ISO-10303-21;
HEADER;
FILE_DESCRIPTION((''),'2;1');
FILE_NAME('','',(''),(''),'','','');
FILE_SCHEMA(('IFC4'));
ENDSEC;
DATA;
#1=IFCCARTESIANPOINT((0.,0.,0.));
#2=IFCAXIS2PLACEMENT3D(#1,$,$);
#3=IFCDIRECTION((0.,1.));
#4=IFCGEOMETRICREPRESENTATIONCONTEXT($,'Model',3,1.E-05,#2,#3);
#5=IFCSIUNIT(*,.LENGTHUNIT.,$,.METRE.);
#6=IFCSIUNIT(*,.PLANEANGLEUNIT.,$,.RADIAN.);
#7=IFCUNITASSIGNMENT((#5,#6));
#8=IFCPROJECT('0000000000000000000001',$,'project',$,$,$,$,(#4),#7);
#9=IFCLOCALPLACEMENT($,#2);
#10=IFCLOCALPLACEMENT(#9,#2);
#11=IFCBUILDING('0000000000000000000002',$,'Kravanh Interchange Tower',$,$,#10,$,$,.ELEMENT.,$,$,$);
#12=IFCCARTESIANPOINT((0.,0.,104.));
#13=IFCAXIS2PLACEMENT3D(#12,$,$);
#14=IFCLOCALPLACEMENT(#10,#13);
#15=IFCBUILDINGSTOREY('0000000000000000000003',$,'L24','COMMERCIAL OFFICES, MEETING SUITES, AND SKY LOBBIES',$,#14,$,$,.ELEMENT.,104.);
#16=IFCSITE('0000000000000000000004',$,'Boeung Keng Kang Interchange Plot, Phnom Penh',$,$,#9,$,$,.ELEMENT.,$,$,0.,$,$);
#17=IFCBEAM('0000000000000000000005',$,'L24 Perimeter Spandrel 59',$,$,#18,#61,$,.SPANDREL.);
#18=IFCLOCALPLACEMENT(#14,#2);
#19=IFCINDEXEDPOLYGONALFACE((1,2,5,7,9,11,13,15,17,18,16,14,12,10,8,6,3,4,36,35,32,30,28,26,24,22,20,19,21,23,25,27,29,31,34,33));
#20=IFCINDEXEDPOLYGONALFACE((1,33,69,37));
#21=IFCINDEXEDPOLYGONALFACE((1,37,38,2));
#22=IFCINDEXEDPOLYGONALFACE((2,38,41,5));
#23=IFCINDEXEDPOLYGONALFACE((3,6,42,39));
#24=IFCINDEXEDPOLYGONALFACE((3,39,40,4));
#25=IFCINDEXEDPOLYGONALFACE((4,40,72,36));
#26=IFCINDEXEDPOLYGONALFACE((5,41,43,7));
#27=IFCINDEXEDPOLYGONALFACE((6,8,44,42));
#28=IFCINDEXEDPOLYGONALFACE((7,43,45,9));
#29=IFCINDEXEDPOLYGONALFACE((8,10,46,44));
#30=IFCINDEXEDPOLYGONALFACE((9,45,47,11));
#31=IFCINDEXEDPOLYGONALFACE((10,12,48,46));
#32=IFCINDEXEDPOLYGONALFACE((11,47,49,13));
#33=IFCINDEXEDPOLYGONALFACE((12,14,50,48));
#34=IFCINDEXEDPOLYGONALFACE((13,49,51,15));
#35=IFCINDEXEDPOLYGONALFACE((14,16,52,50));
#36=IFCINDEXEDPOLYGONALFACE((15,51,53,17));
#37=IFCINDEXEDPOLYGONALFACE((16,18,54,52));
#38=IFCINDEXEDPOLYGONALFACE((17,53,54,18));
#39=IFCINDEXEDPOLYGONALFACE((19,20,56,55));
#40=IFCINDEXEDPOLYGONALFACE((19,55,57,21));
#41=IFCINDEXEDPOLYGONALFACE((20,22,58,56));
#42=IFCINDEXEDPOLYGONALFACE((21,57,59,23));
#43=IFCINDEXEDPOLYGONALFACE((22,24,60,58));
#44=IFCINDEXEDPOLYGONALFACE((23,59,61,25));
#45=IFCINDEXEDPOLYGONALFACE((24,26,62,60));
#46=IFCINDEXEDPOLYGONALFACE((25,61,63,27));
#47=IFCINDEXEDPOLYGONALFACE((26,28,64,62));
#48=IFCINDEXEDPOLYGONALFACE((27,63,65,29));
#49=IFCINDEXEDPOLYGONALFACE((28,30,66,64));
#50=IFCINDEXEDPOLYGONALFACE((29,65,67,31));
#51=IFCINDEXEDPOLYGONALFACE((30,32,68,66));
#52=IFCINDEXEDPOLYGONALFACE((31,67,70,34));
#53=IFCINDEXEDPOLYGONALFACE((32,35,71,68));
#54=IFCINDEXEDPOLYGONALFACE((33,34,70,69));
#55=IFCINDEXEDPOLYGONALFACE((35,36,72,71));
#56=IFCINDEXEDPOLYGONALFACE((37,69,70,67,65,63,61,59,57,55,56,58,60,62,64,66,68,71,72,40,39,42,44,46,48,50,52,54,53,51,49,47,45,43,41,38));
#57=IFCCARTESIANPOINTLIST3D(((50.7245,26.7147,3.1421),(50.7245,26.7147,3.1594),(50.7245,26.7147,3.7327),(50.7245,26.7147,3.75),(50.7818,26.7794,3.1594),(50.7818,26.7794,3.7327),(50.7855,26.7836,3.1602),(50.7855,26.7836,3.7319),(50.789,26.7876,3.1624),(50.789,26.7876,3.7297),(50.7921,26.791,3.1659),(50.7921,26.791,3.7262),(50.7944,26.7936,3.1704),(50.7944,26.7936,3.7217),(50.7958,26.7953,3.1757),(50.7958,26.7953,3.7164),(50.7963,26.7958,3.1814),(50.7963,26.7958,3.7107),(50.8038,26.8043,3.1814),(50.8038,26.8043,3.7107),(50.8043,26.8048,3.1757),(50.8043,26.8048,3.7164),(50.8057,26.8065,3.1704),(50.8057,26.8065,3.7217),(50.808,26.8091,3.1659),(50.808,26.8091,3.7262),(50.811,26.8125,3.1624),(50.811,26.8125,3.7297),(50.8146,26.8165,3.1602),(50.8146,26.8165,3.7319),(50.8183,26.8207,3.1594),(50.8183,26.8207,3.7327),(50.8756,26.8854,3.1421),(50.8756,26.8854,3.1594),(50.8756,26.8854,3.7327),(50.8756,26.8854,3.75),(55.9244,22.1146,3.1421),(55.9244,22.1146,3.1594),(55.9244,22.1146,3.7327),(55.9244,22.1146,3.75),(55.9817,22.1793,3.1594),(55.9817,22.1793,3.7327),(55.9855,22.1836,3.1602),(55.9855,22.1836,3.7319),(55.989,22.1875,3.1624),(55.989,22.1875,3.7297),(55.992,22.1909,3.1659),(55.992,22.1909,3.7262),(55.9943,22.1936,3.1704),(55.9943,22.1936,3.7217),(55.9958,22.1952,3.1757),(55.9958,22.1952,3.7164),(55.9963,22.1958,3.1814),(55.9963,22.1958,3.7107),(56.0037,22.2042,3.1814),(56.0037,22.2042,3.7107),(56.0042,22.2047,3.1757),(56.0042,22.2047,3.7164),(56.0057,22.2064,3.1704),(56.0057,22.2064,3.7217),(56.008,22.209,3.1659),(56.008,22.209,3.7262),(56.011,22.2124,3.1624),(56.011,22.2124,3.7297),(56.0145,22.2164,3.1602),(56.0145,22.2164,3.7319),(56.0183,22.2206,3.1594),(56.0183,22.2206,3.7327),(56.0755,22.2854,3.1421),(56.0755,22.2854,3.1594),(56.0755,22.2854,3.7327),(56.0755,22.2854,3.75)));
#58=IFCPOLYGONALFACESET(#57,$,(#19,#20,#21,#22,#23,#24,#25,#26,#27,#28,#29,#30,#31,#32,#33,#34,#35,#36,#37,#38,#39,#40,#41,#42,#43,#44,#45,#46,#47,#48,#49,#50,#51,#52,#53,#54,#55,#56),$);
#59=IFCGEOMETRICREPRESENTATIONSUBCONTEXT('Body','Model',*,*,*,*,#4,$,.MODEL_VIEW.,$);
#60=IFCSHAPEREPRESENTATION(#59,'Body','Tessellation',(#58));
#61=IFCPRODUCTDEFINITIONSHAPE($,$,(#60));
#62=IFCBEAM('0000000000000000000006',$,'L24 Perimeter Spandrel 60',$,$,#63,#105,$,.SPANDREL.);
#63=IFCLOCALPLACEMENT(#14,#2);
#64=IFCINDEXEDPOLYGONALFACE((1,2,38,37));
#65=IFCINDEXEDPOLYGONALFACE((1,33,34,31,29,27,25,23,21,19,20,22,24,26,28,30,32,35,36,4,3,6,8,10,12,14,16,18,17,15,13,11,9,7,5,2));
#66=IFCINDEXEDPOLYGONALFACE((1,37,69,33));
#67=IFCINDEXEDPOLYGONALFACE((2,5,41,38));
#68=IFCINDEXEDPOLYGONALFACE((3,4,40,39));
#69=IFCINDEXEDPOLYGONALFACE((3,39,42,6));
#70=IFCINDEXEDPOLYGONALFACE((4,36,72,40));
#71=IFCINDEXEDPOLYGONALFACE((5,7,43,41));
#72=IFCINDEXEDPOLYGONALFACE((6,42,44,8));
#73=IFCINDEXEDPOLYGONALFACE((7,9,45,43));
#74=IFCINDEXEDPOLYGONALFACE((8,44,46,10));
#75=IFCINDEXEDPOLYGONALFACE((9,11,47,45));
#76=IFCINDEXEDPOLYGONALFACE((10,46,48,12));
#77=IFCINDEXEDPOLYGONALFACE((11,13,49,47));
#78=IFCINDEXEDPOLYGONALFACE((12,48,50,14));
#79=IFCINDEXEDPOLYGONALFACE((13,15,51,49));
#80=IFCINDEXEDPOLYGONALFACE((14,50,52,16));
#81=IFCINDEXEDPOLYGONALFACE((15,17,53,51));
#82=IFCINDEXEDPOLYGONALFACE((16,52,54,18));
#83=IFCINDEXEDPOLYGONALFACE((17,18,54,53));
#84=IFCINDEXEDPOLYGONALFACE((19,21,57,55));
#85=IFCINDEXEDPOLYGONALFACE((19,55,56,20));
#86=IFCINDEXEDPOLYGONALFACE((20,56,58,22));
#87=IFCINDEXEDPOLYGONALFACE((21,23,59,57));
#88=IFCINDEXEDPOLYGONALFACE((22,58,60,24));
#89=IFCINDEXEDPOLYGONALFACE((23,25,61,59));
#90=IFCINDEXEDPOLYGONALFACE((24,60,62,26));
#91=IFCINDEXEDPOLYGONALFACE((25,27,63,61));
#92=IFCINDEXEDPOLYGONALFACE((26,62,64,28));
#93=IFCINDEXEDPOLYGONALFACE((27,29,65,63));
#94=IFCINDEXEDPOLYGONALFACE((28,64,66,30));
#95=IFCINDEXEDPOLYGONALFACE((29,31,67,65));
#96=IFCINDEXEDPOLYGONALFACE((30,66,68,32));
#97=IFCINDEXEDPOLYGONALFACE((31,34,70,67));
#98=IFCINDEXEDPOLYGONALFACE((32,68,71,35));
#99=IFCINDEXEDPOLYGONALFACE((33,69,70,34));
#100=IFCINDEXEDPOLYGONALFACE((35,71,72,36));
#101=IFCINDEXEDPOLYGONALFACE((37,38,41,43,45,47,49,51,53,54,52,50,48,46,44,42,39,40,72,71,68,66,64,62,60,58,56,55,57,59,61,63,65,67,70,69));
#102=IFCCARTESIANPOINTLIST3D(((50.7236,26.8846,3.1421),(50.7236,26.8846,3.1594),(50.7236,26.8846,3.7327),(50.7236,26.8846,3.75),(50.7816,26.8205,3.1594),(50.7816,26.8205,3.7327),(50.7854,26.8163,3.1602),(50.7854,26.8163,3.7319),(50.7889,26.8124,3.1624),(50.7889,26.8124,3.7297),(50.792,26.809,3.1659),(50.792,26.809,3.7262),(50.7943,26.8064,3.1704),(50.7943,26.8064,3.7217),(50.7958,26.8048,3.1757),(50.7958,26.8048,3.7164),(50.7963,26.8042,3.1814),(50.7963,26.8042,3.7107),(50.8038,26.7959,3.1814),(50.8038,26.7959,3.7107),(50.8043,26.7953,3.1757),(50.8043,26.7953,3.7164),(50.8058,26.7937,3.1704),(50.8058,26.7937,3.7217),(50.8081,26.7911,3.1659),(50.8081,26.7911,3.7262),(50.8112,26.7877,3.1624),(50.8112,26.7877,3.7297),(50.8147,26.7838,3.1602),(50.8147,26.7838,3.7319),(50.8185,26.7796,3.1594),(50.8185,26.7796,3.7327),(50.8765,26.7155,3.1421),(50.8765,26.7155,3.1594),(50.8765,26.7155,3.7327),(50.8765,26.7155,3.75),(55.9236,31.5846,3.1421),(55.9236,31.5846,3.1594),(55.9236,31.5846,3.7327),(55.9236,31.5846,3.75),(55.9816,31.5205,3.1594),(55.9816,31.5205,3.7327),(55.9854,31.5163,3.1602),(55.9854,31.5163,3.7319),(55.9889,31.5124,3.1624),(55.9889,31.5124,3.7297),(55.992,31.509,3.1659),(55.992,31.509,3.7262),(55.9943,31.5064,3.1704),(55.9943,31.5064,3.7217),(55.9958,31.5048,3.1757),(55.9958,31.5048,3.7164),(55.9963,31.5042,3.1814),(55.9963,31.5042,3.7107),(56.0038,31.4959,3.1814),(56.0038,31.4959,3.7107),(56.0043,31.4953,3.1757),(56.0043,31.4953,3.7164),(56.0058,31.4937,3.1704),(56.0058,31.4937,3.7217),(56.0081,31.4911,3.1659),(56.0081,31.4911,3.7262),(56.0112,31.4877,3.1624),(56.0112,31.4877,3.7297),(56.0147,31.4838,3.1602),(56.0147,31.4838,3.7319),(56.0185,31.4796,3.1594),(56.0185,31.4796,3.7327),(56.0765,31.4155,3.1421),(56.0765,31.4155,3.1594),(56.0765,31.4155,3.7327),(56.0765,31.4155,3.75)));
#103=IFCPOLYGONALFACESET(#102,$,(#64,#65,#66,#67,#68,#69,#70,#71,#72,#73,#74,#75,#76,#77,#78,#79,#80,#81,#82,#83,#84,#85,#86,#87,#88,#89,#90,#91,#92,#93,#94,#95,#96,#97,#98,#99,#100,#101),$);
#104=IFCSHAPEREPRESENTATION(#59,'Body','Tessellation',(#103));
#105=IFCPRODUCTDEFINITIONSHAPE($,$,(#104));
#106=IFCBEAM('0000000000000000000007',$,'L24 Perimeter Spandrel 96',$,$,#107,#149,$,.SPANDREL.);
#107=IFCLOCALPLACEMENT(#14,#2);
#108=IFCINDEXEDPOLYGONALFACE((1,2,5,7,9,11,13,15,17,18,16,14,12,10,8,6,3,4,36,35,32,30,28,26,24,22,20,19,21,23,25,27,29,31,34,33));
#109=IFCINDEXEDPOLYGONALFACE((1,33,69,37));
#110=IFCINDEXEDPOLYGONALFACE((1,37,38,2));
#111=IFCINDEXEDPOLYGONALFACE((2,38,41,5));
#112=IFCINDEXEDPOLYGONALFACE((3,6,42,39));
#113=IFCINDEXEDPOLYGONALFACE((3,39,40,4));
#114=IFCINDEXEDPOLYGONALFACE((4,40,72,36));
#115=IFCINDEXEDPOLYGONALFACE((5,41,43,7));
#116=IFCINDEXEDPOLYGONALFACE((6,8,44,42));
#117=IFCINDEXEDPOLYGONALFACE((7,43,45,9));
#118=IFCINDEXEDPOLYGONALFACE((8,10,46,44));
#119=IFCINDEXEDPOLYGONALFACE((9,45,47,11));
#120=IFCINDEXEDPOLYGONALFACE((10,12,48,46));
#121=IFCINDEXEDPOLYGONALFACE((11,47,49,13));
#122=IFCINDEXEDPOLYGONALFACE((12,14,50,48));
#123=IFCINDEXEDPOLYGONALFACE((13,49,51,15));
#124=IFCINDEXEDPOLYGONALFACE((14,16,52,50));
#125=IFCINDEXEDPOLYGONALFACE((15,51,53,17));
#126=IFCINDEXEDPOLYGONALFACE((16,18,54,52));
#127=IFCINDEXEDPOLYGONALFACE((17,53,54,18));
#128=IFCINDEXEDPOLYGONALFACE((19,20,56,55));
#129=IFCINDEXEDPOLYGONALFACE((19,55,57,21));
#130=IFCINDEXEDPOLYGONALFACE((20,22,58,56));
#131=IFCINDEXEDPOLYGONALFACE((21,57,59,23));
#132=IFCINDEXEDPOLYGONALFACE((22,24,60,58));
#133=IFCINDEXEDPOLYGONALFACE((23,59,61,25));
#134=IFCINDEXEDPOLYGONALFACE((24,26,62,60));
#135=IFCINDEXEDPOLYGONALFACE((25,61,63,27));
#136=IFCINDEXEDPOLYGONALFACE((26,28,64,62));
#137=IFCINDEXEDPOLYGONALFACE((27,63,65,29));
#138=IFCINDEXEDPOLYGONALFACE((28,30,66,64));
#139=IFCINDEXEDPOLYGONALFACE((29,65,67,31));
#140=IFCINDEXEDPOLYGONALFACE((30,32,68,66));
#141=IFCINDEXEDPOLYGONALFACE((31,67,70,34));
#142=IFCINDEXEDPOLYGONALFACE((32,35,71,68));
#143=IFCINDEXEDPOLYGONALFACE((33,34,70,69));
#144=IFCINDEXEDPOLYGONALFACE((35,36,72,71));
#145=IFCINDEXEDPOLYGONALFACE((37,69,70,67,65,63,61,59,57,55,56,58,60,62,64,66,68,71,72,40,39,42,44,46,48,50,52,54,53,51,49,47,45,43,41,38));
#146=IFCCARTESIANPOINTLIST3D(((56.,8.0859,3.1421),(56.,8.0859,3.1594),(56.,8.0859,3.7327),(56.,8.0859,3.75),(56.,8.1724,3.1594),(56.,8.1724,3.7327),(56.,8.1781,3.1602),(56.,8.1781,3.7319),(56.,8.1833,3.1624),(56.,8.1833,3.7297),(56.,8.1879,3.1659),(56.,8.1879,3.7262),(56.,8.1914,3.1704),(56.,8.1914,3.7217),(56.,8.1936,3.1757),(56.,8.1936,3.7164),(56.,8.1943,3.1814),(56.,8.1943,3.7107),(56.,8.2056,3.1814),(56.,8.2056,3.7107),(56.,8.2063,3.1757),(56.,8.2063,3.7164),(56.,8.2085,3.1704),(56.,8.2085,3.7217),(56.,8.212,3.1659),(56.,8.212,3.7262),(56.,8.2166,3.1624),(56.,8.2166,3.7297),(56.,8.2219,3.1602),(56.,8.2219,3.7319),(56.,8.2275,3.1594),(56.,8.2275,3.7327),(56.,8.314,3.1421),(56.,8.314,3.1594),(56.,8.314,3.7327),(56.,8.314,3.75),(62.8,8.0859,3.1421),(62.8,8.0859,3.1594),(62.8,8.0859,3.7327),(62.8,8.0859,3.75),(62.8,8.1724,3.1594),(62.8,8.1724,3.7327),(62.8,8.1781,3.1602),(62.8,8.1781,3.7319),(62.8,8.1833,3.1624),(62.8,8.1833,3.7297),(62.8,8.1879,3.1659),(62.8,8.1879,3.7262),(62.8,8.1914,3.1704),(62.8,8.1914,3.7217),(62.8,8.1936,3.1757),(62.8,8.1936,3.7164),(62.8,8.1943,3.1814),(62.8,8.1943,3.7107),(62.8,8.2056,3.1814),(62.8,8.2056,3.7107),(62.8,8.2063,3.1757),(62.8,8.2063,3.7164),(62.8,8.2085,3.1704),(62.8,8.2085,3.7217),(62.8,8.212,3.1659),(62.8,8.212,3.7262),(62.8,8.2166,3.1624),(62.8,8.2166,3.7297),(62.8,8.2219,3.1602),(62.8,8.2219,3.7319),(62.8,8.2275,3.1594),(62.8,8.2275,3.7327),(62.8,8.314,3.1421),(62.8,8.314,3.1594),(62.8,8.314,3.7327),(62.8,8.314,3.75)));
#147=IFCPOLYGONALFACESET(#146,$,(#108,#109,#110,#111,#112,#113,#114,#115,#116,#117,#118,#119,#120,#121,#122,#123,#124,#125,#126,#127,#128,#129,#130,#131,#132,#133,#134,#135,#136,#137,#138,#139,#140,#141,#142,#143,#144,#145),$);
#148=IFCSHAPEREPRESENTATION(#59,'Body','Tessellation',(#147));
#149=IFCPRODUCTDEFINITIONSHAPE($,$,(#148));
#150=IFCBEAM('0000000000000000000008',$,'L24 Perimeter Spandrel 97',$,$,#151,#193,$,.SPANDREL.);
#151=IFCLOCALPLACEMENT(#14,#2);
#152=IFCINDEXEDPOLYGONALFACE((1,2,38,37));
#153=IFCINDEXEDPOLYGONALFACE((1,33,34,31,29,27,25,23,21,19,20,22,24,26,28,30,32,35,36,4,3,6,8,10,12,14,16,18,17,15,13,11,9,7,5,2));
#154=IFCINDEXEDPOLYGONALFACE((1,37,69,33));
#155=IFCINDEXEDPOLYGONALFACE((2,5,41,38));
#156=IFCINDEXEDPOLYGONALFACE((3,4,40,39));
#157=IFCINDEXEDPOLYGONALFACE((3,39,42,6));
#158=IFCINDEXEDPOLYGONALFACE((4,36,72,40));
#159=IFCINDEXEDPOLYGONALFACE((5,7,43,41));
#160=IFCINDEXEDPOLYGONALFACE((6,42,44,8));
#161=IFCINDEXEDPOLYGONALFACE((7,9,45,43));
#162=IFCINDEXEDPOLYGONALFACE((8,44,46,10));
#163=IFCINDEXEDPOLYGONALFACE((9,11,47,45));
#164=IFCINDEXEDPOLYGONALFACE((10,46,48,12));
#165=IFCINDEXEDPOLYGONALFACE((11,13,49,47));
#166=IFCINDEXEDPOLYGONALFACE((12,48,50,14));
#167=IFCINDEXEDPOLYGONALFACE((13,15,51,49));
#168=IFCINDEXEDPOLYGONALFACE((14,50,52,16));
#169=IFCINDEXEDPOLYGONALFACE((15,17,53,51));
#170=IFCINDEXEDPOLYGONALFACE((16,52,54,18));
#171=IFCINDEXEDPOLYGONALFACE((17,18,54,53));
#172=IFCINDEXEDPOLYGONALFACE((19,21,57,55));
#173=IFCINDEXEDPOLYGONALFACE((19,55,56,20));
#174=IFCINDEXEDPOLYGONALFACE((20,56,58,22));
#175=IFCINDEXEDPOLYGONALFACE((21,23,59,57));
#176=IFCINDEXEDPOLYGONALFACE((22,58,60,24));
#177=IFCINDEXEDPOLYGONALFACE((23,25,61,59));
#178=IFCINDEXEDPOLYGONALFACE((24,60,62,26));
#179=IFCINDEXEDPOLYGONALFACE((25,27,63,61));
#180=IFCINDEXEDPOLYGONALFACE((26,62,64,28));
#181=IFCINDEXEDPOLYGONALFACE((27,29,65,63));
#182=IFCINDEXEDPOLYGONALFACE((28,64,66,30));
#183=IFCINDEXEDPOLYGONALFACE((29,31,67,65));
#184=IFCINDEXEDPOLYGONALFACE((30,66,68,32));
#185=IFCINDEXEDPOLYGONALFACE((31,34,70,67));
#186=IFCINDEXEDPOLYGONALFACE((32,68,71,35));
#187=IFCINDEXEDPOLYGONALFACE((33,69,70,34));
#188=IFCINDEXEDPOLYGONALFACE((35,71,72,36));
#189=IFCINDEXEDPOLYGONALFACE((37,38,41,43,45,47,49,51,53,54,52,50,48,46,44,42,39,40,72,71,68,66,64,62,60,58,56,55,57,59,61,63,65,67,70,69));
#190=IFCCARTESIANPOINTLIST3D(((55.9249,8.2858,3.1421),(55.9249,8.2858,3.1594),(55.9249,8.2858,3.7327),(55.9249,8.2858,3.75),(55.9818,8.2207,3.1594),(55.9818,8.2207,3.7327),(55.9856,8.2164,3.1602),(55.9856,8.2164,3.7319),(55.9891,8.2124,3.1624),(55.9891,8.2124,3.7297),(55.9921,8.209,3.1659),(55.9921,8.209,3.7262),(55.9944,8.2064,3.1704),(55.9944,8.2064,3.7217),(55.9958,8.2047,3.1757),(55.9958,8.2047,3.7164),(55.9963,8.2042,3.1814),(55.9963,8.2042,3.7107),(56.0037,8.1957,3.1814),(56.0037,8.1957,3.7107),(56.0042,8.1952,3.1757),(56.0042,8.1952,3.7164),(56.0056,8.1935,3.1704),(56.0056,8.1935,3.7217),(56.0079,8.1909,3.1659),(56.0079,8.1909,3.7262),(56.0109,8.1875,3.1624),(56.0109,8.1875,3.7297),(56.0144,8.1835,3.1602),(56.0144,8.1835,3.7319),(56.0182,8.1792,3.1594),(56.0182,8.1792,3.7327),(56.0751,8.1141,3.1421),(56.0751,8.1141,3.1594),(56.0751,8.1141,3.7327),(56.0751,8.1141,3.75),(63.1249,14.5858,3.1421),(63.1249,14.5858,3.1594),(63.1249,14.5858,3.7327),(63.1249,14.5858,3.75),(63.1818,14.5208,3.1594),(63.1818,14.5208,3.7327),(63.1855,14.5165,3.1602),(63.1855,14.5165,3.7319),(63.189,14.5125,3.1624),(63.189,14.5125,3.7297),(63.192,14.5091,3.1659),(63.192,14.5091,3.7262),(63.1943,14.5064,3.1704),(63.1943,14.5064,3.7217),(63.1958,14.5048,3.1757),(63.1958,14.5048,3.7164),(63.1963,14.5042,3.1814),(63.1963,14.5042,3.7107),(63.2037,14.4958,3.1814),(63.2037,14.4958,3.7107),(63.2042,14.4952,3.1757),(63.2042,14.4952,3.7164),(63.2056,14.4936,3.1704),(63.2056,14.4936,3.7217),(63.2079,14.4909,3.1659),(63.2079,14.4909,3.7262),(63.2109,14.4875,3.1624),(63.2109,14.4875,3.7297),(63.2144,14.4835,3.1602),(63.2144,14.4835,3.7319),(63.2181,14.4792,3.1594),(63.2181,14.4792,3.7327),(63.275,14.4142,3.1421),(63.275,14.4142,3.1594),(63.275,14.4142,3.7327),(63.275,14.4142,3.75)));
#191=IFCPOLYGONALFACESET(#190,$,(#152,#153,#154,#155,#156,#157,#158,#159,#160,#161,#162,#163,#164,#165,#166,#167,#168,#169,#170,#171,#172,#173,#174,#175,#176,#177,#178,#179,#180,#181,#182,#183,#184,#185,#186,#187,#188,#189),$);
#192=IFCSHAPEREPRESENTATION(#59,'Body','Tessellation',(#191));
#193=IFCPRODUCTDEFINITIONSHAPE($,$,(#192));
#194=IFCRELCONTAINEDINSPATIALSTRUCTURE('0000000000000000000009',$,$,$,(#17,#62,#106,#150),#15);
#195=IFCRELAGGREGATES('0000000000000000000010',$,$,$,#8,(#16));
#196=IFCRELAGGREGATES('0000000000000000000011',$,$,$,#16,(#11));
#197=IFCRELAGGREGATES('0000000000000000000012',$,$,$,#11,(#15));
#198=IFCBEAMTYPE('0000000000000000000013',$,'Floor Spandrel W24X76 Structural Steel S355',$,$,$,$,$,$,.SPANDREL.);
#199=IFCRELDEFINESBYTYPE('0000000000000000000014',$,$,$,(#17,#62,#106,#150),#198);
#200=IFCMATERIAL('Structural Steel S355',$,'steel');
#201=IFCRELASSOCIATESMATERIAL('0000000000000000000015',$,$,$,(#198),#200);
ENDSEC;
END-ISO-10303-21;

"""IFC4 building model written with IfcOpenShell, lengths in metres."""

from ifc_helpers import new_model, si_unit, direction, frame, origin, origin_2d, place, context, subcontext, project, spatial, i_section, extrude, material, material_profile, profile_set, type_object, element, save


model = new_model("IFC4")

# Units and contexts
model_context = context("Model", 3, precision=1e-05, world=origin(), true_north=direction((0.0, 1.0)))
body_context = subcontext(model_context, "Body", "Model", "MODEL_VIEW")
ifc_project = project(units=[si_unit("LENGTHUNIT", "METRE"), si_unit("PLANEANGLEUNIT", "RADIAN")], contexts=[model_context])

# Site, building, storey
site_placement = place(None, origin())
site = spatial("IfcSite", under=ifc_project, at=site_placement, Name="Boeung Keng Kang Interchange Plot, Phnom Penh", CompositionType="ELEMENT", RefElevation=0.0)
building_placement = place(site_placement, origin())
building = spatial("IfcBuilding", under=site, at=building_placement, Name="Kravanh Interchange Tower", CompositionType="ELEMENT")
storey_placement = place(building_placement, frame((0.0, 0.0, 104.0)))
storey = spatial("IfcBuildingStorey", under=building, at=storey_placement, Name="L24", Description="COMMERCIAL OFFICES, MEETING SUITES, AND SKY LOBBIES", CompositionType="ELEMENT", Elevation=104.0)

# Beams
ifc_material_1 = material(Name="Structural Steel S355", Category="steel")
ifc_material_profile_1 = material_profile(ifc_material_1, i_section(OverallWidth=0.228, OverallDepth=0.6079, WebThickness=0.0112, FlangeThickness=0.0173, FilletRadius=0.022, at=origin_2d()), Name="W24X76")
ifc_profile_set_1 = profile_set([ifc_material_profile_1], Name="Structural Steel S355")
beam_type_1 = type_object("IfcBeamType", Name="Floor Spandrel W24X76 Structural Steel S355", PredefinedType="SPANDREL", material=ifc_profile_set_1)
beam_1_placement = place(storey_placement, frame((50.8, 26.8, 3.446), z_axis=(0.748986, -0.662585, 0.0), x_axis=(0.662585, 0.748986, 0.0)))
element("IfcBeam", 1, at=beam_1_placement, inside=storey, type_object=beam_type_1, Name="L24 Perimeter Spandrel 59", PredefinedType="SPANDREL", context=body_context, shape_type="SweptSolid", body=[
    extrude(i_section(OverallWidth=0.228, OverallDepth=0.6079, WebThickness=0.0112, FlangeThickness=0.0173, FilletRadius=0.022, at=origin_2d()), origin(), (0.0, 0.0, 1.0), 6.9426),
])
beam_2_placement = place(storey_placement, frame((50.8, 26.8, 3.446), z_axis=(0.741874, 0.670539, 0.0), x_axis=(-0.670539, 0.741874, 0.0)))
element("IfcBeam", 2, at=beam_2_placement, inside=storey, type_object=beam_type_1, Name="L24 Perimeter Spandrel 60", PredefinedType="SPANDREL", context=body_context, shape_type="SweptSolid", body=[
    extrude(i_section(OverallWidth=0.228, OverallDepth=0.6079, WebThickness=0.0112, FlangeThickness=0.0173, FilletRadius=0.022, at=origin_2d()), origin(), (0.0, 0.0, 1.0), 7.0093),
])
beam_3_placement = place(storey_placement, frame((56.0, 8.2, 3.446), z_axis=(1.0, 0.0, 0.0), x_axis=(0.0, 1.0, 0.0)))
element("IfcBeam", 3, at=beam_3_placement, inside=storey, type_object=beam_type_1, Name="L24 Perimeter Spandrel 96", PredefinedType="SPANDREL", context=body_context, shape_type="SweptSolid", body=[
    extrude(i_section(OverallWidth=0.228, OverallDepth=0.6079, WebThickness=0.0112, FlangeThickness=0.0173, FilletRadius=0.022, at=origin_2d()), origin(), (0.0, 0.0, 1.0), 6.8),
])
beam_4_placement = place(storey_placement, frame((56.0, 8.2, 3.446), z_axis=(0.752572, 0.65851, 0.0), x_axis=(-0.65851, 0.752572, 0.0)))
element("IfcBeam", 4, at=beam_4_placement, inside=storey, type_object=beam_type_1, Name="L24 Perimeter Spandrel 97", PredefinedType="SPANDREL", context=body_context, shape_type="SweptSolid", body=[
    extrude(i_section(OverallWidth=0.228, OverallDepth=0.6079, WebThickness=0.0112, FlangeThickness=0.0173, FilletRadius=0.022, at=origin_2d()), origin(), (0.0, 0.0, 1.0), 9.5671),
])

save(model, "model.ifc")
